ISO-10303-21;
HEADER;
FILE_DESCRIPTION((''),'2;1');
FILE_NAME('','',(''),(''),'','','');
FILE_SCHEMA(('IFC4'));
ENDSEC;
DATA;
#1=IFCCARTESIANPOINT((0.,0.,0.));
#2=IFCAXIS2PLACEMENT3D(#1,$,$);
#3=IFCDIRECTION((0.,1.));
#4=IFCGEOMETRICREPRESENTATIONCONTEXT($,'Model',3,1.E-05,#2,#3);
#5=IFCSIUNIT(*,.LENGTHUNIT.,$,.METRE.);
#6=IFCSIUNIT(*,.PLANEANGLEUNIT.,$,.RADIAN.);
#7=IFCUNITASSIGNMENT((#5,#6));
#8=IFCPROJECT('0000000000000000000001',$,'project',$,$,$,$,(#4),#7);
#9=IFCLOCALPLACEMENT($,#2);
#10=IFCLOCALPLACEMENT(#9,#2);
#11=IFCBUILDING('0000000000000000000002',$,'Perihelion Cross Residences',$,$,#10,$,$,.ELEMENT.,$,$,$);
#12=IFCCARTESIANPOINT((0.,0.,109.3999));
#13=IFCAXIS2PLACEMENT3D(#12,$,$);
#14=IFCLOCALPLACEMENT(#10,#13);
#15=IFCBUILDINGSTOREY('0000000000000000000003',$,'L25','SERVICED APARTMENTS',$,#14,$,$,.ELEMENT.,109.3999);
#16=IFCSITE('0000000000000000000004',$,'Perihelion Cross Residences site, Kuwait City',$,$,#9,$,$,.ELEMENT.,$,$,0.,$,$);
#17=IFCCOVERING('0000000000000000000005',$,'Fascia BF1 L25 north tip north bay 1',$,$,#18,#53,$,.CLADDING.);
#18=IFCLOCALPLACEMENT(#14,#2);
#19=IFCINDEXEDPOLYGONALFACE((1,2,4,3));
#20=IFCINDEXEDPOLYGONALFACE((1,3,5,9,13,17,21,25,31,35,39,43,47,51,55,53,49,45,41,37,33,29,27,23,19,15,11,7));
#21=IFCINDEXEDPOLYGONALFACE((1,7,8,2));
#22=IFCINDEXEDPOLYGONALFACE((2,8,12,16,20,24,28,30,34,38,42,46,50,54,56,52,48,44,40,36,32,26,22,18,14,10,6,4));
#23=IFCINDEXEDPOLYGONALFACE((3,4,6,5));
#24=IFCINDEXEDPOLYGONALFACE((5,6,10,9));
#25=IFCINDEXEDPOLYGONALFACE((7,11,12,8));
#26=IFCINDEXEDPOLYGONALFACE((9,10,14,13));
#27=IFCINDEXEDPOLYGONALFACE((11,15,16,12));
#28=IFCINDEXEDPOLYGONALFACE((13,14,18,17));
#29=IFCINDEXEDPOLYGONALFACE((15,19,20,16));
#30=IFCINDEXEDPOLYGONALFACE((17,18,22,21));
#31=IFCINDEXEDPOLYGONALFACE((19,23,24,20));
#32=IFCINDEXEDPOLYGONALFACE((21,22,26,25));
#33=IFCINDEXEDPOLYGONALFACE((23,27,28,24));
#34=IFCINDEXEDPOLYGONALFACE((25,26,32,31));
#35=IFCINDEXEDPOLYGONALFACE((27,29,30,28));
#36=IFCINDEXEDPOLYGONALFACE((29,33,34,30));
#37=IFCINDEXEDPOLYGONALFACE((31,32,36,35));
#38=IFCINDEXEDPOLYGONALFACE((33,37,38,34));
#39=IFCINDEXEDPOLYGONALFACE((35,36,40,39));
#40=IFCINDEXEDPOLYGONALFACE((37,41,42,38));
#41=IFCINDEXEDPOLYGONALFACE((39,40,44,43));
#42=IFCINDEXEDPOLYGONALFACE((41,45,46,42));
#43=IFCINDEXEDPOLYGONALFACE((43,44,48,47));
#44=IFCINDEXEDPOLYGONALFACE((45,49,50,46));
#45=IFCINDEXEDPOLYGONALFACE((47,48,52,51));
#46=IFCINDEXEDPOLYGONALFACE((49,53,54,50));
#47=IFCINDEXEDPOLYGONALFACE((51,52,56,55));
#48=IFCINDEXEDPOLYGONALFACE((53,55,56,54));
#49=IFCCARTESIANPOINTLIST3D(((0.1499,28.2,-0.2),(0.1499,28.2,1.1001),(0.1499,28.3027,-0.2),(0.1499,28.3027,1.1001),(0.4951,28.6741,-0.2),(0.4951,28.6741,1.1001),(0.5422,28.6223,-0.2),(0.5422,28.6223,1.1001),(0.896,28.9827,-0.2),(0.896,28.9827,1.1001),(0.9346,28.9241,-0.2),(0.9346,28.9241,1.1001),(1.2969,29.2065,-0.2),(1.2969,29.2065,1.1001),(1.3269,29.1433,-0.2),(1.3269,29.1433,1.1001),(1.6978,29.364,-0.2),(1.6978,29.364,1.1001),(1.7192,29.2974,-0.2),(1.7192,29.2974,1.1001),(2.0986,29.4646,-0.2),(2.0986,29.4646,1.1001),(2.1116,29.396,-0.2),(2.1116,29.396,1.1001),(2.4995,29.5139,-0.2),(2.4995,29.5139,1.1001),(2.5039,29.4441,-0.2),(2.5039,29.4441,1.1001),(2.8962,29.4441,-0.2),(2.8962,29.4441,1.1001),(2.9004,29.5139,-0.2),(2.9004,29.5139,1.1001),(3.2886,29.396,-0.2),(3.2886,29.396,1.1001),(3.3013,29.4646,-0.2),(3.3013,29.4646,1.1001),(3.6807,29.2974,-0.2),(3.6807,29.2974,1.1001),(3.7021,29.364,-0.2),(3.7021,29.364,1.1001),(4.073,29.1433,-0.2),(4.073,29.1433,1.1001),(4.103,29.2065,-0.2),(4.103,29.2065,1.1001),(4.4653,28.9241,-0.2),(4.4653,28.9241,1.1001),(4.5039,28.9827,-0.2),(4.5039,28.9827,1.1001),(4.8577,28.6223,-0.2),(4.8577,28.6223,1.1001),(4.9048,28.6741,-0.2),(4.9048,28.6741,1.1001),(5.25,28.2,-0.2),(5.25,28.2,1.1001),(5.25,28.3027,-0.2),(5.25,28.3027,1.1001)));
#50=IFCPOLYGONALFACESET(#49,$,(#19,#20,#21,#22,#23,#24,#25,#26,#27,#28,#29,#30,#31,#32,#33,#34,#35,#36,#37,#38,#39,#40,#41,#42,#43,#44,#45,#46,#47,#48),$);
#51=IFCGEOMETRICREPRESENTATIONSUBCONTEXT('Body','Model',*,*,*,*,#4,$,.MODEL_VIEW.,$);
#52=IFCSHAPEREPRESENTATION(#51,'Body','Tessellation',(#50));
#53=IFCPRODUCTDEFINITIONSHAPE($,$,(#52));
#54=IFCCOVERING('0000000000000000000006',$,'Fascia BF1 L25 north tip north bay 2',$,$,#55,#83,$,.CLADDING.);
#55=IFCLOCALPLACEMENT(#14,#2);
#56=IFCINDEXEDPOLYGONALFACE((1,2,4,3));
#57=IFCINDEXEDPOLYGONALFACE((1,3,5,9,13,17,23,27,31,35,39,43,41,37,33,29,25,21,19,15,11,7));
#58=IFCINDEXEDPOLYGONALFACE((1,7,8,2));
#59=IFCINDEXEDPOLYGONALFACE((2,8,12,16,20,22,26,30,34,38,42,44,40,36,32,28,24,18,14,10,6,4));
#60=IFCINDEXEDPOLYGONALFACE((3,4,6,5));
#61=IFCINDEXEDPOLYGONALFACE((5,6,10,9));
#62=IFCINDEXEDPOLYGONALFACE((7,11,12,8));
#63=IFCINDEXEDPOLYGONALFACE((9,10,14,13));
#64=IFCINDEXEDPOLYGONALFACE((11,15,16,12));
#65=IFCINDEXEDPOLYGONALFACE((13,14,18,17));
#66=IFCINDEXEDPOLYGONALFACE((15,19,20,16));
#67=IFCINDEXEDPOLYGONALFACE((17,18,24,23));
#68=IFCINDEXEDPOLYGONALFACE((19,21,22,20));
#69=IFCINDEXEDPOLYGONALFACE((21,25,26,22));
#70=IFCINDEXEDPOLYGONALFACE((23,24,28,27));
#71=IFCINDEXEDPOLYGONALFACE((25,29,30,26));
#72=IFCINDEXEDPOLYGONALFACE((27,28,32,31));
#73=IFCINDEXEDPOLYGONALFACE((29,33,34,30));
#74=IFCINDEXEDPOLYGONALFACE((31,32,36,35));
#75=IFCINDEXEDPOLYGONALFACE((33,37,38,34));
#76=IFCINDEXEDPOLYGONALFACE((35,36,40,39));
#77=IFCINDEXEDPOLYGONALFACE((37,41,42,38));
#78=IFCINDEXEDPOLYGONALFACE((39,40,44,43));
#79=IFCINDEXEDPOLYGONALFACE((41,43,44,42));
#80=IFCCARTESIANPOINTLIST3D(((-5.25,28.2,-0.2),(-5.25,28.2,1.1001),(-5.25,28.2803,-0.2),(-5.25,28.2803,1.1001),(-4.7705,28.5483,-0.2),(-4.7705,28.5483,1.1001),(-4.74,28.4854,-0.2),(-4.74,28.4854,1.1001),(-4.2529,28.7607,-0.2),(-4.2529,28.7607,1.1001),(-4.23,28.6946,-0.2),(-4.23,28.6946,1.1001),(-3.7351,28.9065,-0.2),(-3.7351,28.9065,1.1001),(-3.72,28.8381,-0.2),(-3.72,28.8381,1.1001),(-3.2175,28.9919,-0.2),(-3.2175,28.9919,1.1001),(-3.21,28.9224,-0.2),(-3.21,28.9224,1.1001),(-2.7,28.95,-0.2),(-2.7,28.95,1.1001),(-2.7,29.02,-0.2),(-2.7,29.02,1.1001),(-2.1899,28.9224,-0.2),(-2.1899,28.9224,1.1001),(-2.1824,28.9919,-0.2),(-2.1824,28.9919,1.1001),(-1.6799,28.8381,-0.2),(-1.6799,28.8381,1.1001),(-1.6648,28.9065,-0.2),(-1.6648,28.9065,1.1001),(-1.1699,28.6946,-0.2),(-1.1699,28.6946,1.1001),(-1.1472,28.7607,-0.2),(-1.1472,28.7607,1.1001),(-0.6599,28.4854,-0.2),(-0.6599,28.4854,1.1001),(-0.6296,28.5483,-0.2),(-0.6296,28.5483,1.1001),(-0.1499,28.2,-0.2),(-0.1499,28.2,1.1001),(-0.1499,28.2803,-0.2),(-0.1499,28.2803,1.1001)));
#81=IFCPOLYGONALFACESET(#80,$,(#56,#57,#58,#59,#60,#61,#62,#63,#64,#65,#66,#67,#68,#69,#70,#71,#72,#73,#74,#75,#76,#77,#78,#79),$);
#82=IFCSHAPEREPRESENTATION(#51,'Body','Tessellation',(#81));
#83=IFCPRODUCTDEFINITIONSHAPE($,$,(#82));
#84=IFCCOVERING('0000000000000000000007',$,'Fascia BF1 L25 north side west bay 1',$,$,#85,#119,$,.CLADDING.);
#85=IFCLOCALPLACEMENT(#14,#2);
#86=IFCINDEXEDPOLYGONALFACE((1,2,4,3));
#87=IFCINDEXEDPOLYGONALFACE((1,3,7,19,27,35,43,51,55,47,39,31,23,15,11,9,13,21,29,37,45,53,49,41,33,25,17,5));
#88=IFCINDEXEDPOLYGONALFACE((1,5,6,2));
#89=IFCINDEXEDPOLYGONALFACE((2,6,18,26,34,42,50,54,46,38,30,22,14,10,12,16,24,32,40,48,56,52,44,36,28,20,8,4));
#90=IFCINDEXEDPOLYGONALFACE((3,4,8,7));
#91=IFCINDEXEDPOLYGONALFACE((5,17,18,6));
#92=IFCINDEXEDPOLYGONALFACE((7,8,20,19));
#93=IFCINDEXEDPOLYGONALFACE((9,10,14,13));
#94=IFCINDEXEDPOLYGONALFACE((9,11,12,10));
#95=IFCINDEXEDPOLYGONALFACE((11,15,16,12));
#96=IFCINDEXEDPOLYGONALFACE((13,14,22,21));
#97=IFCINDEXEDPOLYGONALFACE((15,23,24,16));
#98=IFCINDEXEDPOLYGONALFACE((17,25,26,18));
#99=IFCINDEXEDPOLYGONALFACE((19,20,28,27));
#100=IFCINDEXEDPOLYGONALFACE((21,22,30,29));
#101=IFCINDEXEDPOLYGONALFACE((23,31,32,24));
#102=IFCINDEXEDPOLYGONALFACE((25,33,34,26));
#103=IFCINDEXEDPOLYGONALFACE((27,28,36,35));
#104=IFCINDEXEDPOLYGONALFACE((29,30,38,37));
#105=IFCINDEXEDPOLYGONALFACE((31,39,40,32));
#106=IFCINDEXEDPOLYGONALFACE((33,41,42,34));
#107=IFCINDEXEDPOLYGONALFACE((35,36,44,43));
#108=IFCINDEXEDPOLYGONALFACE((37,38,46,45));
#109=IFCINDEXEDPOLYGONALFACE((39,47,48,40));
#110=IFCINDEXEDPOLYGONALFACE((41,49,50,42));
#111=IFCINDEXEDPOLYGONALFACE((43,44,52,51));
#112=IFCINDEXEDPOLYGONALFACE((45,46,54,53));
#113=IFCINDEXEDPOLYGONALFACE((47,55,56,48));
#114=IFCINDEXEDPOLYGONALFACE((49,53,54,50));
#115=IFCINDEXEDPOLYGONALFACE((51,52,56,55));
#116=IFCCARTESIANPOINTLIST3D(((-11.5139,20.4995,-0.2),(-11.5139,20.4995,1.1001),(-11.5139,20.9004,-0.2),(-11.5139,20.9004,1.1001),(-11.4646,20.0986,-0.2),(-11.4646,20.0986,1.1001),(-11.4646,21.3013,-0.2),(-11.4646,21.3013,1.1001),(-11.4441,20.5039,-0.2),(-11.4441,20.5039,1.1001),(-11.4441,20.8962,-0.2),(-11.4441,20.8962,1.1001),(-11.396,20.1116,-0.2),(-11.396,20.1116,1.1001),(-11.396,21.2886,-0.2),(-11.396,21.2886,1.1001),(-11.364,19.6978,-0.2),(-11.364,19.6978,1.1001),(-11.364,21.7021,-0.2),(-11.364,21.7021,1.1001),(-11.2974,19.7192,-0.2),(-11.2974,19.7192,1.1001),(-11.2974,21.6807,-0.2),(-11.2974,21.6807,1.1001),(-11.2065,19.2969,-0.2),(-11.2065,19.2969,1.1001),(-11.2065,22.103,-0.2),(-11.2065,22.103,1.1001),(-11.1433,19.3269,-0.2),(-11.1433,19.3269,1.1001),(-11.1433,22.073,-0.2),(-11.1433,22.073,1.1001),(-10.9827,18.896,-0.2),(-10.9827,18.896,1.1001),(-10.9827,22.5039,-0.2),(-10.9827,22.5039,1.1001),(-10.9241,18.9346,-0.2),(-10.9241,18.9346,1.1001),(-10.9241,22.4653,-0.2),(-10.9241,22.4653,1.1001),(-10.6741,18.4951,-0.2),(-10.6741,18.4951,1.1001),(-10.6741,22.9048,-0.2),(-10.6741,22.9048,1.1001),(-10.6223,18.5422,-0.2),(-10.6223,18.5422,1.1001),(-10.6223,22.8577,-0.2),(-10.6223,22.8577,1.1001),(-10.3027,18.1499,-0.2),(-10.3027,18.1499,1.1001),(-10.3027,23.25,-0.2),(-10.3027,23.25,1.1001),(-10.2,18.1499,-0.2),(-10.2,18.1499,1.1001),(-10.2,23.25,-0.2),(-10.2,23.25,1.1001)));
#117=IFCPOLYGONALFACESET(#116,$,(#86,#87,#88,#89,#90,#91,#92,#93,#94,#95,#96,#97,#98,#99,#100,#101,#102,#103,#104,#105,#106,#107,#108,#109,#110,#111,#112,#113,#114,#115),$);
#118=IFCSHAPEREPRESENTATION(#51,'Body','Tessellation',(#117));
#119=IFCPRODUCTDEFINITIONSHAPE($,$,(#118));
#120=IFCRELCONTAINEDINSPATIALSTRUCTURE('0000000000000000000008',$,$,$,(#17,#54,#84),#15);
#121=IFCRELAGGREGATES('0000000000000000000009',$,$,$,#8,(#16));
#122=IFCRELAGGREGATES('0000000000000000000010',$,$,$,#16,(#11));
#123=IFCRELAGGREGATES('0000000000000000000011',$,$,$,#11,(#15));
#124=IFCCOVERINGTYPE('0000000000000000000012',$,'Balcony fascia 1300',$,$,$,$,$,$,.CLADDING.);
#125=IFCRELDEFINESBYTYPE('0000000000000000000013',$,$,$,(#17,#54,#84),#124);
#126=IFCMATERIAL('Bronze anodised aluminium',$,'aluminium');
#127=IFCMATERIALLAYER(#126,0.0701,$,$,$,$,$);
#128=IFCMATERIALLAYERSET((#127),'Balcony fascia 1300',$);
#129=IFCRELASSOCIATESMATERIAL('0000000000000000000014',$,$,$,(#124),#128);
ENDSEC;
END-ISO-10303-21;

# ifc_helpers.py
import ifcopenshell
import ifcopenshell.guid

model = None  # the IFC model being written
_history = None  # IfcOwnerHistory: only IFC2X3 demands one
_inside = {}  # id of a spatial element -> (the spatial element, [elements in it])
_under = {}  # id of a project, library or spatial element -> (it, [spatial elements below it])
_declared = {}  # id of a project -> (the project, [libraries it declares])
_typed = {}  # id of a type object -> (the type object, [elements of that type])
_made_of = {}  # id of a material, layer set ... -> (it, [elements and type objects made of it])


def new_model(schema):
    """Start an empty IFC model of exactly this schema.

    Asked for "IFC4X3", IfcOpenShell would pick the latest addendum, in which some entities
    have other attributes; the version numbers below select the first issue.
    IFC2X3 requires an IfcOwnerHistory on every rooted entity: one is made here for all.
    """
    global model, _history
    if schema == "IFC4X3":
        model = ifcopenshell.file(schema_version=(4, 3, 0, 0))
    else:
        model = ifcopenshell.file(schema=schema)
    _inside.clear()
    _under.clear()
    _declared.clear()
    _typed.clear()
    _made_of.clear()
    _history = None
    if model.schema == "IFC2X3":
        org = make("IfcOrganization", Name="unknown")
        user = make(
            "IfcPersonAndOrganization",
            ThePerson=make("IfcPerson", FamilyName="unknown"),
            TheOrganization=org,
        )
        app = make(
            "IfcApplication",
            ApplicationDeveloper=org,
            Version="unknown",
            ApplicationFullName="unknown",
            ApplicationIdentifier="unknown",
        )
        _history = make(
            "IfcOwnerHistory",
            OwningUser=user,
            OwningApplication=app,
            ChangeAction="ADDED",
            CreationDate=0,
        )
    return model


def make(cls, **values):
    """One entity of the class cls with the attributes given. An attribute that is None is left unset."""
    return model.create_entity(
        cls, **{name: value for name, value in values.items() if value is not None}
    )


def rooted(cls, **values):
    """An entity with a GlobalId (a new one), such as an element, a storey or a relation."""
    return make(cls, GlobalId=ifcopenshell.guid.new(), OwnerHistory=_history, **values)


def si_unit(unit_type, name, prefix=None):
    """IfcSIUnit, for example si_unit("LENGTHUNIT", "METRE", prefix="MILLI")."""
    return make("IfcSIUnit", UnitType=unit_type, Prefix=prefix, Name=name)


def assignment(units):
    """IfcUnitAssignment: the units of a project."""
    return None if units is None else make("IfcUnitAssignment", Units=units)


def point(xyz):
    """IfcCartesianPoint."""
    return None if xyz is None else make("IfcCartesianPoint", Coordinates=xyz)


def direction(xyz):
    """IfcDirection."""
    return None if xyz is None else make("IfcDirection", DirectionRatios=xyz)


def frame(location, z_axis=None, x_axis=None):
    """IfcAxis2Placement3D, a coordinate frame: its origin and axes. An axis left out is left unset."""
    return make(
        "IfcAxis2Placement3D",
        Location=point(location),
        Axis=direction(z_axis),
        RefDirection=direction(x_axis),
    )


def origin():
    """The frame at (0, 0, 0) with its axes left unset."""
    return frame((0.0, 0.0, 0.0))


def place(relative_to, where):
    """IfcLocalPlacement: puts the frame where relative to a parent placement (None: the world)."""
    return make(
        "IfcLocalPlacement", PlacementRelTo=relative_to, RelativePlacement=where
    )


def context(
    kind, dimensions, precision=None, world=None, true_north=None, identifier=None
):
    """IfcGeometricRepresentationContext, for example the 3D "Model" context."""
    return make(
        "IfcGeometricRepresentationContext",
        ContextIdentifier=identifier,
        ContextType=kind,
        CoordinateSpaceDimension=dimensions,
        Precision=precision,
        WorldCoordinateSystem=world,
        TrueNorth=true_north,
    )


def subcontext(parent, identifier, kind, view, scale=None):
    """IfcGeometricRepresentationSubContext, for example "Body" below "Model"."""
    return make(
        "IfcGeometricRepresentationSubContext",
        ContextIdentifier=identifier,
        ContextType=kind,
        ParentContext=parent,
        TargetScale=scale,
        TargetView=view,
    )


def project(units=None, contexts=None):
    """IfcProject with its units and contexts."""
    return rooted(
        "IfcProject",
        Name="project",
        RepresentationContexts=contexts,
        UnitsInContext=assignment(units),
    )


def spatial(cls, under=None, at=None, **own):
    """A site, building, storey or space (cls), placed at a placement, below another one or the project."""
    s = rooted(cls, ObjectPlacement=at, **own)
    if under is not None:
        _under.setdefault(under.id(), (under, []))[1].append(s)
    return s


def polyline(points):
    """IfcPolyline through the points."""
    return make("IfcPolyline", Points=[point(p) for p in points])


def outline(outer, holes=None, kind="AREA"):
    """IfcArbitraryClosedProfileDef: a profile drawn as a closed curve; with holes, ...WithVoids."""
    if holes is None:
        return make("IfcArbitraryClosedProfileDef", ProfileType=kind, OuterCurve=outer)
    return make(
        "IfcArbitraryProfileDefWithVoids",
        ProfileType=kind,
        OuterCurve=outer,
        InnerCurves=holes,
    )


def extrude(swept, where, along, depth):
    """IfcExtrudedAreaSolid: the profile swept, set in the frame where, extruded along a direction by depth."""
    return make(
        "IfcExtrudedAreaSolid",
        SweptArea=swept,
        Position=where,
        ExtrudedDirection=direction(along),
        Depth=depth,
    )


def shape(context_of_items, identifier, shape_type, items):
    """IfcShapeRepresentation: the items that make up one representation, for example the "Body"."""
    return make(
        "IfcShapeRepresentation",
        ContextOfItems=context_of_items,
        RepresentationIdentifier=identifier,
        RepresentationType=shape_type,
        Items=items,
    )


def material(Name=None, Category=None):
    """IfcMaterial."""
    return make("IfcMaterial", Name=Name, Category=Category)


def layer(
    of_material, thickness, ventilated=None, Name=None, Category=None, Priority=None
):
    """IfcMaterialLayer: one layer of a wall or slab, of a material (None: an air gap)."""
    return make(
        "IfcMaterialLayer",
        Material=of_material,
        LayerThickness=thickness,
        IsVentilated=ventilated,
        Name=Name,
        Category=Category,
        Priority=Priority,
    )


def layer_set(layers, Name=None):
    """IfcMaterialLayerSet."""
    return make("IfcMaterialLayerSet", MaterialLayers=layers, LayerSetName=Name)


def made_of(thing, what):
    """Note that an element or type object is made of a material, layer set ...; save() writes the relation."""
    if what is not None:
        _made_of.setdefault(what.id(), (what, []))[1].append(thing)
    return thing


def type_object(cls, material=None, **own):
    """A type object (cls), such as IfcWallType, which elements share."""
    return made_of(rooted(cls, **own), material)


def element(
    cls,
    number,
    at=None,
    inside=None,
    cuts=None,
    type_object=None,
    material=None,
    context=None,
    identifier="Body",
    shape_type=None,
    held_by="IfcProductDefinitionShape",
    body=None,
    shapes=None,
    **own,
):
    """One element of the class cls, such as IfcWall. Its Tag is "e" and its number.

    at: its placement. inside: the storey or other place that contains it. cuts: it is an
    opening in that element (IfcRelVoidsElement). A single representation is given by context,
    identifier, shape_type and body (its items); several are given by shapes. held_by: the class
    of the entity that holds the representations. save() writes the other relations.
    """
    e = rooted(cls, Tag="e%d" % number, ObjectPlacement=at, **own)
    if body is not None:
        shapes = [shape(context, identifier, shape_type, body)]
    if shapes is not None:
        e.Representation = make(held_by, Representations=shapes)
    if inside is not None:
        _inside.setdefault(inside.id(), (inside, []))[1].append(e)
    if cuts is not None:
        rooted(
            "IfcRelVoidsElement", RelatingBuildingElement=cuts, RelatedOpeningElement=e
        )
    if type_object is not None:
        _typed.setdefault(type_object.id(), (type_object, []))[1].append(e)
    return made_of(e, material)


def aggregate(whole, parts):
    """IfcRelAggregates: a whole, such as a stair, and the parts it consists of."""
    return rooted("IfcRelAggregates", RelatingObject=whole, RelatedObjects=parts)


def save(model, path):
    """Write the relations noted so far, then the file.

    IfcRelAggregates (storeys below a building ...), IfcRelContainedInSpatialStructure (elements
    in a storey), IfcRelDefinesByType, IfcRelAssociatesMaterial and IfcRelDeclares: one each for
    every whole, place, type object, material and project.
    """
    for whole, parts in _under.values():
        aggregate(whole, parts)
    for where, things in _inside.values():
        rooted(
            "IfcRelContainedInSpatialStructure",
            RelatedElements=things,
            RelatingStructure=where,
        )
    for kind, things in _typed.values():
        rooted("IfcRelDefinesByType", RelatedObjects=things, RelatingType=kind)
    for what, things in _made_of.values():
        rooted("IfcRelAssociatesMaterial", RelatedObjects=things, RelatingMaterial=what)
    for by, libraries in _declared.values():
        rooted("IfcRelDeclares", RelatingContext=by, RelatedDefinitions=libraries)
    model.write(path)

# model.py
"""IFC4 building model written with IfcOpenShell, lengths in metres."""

from ifc_helpers import new_model, si_unit, direction, frame, origin, place, context, subcontext, project, spatial, polyline, outline, extrude, material, layer, layer_set, type_object, element, save


model = new_model("IFC4")

# Units and contexts
model_context = context("Model", 3, precision=1e-05, world=origin(), true_north=direction((0.0, 1.0)))
body_context = subcontext(model_context, "Body", "Model", "MODEL_VIEW")
ifc_project = project(units=[si_unit("LENGTHUNIT", "METRE"), si_unit("PLANEANGLEUNIT", "RADIAN")], contexts=[model_context])

# Site, building, storey
site_placement = place(None, origin())
site = spatial("IfcSite", under=ifc_project, at=site_placement, Name="Perihelion Cross Residences site, Kuwait City", CompositionType="ELEMENT", RefElevation=0.0)
building_placement = place(site_placement, origin())
building = spatial("IfcBuilding", under=site, at=building_placement, Name="Perihelion Cross Residences", CompositionType="ELEMENT")
storey_placement = place(building_placement, frame((0.0, 0.0, 109.3999)))
storey = spatial("IfcBuildingStorey", under=building, at=storey_placement, Name="L25", Description="SERVICED APARTMENTS", CompositionType="ELEMENT", Elevation=109.3999)

# Coverings
ifc_material_1 = material(Name="Bronze anodised aluminium", Category="aluminium")
ifc_layer_1 = layer(ifc_material_1, 0.0701)
ifc_layer_set_1 = layer_set([ifc_layer_1], Name="Balcony fascia 1300")
covering_type = type_object("IfcCoveringType", Name="Balcony fascia 1300", PredefinedType="CLADDING", material=ifc_layer_set_1)
covering_1_placement = place(storey_placement, frame((0.0, 0.0, -0.2)))
element("IfcCovering", 1, at=covering_1_placement, inside=storey, type_object=covering_type, Name="Fascia BF1 L25 north tip north bay 1", PredefinedType="CLADDING", context=body_context, shape_type="SweptSolid", body=[
    extrude(outline(polyline([(4.9048, 28.6741), (4.5039, 28.9827), (4.103, 29.2065), (3.7021, 29.364), (3.3013, 29.4646), (2.9004, 29.5139), (2.4995, 29.5139), (2.0986, 29.4646), (1.6978, 29.364), (1.2969, 29.2065), (0.896, 28.9827), (0.4951, 28.6741), (0.1499, 28.3027), (0.1499, 28.2), (0.5422, 28.6223), (0.9346, 28.9241), (1.3269, 29.1433), (1.7192, 29.2974), (2.1116, 29.396), (2.5039, 29.4441), (2.8962, 29.4441), (3.2886, 29.396), (3.6807, 29.2974), (4.073, 29.1433), (4.4653, 28.9241), (4.8577, 28.6223), (5.25, 28.2), (5.25, 28.3027), (4.9048, 28.6741)])), origin(), (0.0, 0.0, 1.0), 1.3),
])
covering_2_placement = place(storey_placement, frame((0.0, 0.0, -0.2)))
element("IfcCovering", 2, at=covering_2_placement, inside=storey, type_object=covering_type, Name="Fascia BF1 L25 north tip north bay 2", PredefinedType="CLADDING", context=body_context, shape_type="SweptSolid", body=[
    extrude(outline(polyline([(-0.6296, 28.5483), (-1.1472, 28.7607), (-1.6648, 28.9065), (-2.1824, 28.9919), (-2.7, 29.02), (-3.2175, 28.9919), (-3.7351, 28.9065), (-4.2529, 28.7607), (-4.7705, 28.5483), (-5.25, 28.2803), (-5.25, 28.2), (-4.74, 28.4854), (-4.23, 28.6946), (-3.72, 28.8381), (-3.21, 28.9224), (-2.7, 28.95), (-2.1899, 28.9224), (-1.6799, 28.8381), (-1.1699, 28.6946), (-0.6599, 28.4854), (-0.1499, 28.2), (-0.1499, 28.2803), (-0.6296, 28.5483)])), origin(), (0.0, 0.0, 1.0), 1.3),
])
covering_3_placement = place(storey_placement, frame((0.0, 0.0, -0.2)))
element("IfcCovering", 3, at=covering_3_placement, inside=storey, type_object=covering_type, Name="Fascia BF1 L25 north side west bay 1", PredefinedType="CLADDING", context=body_context, shape_type="SweptSolid", body=[
    extrude(outline(polyline([(-10.6741, 22.9048), (-10.9827, 22.5039), (-11.2065, 22.103), (-11.364, 21.7021), (-11.4646, 21.3013), (-11.5139, 20.9004), (-11.5139, 20.4995), (-11.4646, 20.0986), (-11.364, 19.6978), (-11.2065, 19.2969), (-10.9827, 18.896), (-10.6741, 18.4951), (-10.3027, 18.1499), (-10.2, 18.1499), (-10.6223, 18.5422), (-10.9241, 18.9346), (-11.1433, 19.3269), (-11.2974, 19.7192), (-11.396, 20.1116), (-11.4441, 20.5039), (-11.4441, 20.8962), (-11.396, 21.2886), (-11.2974, 21.6807), (-11.1433, 22.073), (-10.9241, 22.4653), (-10.6223, 22.8577), (-10.2, 23.25), (-10.3027, 23.25), (-10.6741, 22.9048)])), origin(), (0.0, 0.0, 1.0), 1.3),
])

save(model, "model.ifc")
